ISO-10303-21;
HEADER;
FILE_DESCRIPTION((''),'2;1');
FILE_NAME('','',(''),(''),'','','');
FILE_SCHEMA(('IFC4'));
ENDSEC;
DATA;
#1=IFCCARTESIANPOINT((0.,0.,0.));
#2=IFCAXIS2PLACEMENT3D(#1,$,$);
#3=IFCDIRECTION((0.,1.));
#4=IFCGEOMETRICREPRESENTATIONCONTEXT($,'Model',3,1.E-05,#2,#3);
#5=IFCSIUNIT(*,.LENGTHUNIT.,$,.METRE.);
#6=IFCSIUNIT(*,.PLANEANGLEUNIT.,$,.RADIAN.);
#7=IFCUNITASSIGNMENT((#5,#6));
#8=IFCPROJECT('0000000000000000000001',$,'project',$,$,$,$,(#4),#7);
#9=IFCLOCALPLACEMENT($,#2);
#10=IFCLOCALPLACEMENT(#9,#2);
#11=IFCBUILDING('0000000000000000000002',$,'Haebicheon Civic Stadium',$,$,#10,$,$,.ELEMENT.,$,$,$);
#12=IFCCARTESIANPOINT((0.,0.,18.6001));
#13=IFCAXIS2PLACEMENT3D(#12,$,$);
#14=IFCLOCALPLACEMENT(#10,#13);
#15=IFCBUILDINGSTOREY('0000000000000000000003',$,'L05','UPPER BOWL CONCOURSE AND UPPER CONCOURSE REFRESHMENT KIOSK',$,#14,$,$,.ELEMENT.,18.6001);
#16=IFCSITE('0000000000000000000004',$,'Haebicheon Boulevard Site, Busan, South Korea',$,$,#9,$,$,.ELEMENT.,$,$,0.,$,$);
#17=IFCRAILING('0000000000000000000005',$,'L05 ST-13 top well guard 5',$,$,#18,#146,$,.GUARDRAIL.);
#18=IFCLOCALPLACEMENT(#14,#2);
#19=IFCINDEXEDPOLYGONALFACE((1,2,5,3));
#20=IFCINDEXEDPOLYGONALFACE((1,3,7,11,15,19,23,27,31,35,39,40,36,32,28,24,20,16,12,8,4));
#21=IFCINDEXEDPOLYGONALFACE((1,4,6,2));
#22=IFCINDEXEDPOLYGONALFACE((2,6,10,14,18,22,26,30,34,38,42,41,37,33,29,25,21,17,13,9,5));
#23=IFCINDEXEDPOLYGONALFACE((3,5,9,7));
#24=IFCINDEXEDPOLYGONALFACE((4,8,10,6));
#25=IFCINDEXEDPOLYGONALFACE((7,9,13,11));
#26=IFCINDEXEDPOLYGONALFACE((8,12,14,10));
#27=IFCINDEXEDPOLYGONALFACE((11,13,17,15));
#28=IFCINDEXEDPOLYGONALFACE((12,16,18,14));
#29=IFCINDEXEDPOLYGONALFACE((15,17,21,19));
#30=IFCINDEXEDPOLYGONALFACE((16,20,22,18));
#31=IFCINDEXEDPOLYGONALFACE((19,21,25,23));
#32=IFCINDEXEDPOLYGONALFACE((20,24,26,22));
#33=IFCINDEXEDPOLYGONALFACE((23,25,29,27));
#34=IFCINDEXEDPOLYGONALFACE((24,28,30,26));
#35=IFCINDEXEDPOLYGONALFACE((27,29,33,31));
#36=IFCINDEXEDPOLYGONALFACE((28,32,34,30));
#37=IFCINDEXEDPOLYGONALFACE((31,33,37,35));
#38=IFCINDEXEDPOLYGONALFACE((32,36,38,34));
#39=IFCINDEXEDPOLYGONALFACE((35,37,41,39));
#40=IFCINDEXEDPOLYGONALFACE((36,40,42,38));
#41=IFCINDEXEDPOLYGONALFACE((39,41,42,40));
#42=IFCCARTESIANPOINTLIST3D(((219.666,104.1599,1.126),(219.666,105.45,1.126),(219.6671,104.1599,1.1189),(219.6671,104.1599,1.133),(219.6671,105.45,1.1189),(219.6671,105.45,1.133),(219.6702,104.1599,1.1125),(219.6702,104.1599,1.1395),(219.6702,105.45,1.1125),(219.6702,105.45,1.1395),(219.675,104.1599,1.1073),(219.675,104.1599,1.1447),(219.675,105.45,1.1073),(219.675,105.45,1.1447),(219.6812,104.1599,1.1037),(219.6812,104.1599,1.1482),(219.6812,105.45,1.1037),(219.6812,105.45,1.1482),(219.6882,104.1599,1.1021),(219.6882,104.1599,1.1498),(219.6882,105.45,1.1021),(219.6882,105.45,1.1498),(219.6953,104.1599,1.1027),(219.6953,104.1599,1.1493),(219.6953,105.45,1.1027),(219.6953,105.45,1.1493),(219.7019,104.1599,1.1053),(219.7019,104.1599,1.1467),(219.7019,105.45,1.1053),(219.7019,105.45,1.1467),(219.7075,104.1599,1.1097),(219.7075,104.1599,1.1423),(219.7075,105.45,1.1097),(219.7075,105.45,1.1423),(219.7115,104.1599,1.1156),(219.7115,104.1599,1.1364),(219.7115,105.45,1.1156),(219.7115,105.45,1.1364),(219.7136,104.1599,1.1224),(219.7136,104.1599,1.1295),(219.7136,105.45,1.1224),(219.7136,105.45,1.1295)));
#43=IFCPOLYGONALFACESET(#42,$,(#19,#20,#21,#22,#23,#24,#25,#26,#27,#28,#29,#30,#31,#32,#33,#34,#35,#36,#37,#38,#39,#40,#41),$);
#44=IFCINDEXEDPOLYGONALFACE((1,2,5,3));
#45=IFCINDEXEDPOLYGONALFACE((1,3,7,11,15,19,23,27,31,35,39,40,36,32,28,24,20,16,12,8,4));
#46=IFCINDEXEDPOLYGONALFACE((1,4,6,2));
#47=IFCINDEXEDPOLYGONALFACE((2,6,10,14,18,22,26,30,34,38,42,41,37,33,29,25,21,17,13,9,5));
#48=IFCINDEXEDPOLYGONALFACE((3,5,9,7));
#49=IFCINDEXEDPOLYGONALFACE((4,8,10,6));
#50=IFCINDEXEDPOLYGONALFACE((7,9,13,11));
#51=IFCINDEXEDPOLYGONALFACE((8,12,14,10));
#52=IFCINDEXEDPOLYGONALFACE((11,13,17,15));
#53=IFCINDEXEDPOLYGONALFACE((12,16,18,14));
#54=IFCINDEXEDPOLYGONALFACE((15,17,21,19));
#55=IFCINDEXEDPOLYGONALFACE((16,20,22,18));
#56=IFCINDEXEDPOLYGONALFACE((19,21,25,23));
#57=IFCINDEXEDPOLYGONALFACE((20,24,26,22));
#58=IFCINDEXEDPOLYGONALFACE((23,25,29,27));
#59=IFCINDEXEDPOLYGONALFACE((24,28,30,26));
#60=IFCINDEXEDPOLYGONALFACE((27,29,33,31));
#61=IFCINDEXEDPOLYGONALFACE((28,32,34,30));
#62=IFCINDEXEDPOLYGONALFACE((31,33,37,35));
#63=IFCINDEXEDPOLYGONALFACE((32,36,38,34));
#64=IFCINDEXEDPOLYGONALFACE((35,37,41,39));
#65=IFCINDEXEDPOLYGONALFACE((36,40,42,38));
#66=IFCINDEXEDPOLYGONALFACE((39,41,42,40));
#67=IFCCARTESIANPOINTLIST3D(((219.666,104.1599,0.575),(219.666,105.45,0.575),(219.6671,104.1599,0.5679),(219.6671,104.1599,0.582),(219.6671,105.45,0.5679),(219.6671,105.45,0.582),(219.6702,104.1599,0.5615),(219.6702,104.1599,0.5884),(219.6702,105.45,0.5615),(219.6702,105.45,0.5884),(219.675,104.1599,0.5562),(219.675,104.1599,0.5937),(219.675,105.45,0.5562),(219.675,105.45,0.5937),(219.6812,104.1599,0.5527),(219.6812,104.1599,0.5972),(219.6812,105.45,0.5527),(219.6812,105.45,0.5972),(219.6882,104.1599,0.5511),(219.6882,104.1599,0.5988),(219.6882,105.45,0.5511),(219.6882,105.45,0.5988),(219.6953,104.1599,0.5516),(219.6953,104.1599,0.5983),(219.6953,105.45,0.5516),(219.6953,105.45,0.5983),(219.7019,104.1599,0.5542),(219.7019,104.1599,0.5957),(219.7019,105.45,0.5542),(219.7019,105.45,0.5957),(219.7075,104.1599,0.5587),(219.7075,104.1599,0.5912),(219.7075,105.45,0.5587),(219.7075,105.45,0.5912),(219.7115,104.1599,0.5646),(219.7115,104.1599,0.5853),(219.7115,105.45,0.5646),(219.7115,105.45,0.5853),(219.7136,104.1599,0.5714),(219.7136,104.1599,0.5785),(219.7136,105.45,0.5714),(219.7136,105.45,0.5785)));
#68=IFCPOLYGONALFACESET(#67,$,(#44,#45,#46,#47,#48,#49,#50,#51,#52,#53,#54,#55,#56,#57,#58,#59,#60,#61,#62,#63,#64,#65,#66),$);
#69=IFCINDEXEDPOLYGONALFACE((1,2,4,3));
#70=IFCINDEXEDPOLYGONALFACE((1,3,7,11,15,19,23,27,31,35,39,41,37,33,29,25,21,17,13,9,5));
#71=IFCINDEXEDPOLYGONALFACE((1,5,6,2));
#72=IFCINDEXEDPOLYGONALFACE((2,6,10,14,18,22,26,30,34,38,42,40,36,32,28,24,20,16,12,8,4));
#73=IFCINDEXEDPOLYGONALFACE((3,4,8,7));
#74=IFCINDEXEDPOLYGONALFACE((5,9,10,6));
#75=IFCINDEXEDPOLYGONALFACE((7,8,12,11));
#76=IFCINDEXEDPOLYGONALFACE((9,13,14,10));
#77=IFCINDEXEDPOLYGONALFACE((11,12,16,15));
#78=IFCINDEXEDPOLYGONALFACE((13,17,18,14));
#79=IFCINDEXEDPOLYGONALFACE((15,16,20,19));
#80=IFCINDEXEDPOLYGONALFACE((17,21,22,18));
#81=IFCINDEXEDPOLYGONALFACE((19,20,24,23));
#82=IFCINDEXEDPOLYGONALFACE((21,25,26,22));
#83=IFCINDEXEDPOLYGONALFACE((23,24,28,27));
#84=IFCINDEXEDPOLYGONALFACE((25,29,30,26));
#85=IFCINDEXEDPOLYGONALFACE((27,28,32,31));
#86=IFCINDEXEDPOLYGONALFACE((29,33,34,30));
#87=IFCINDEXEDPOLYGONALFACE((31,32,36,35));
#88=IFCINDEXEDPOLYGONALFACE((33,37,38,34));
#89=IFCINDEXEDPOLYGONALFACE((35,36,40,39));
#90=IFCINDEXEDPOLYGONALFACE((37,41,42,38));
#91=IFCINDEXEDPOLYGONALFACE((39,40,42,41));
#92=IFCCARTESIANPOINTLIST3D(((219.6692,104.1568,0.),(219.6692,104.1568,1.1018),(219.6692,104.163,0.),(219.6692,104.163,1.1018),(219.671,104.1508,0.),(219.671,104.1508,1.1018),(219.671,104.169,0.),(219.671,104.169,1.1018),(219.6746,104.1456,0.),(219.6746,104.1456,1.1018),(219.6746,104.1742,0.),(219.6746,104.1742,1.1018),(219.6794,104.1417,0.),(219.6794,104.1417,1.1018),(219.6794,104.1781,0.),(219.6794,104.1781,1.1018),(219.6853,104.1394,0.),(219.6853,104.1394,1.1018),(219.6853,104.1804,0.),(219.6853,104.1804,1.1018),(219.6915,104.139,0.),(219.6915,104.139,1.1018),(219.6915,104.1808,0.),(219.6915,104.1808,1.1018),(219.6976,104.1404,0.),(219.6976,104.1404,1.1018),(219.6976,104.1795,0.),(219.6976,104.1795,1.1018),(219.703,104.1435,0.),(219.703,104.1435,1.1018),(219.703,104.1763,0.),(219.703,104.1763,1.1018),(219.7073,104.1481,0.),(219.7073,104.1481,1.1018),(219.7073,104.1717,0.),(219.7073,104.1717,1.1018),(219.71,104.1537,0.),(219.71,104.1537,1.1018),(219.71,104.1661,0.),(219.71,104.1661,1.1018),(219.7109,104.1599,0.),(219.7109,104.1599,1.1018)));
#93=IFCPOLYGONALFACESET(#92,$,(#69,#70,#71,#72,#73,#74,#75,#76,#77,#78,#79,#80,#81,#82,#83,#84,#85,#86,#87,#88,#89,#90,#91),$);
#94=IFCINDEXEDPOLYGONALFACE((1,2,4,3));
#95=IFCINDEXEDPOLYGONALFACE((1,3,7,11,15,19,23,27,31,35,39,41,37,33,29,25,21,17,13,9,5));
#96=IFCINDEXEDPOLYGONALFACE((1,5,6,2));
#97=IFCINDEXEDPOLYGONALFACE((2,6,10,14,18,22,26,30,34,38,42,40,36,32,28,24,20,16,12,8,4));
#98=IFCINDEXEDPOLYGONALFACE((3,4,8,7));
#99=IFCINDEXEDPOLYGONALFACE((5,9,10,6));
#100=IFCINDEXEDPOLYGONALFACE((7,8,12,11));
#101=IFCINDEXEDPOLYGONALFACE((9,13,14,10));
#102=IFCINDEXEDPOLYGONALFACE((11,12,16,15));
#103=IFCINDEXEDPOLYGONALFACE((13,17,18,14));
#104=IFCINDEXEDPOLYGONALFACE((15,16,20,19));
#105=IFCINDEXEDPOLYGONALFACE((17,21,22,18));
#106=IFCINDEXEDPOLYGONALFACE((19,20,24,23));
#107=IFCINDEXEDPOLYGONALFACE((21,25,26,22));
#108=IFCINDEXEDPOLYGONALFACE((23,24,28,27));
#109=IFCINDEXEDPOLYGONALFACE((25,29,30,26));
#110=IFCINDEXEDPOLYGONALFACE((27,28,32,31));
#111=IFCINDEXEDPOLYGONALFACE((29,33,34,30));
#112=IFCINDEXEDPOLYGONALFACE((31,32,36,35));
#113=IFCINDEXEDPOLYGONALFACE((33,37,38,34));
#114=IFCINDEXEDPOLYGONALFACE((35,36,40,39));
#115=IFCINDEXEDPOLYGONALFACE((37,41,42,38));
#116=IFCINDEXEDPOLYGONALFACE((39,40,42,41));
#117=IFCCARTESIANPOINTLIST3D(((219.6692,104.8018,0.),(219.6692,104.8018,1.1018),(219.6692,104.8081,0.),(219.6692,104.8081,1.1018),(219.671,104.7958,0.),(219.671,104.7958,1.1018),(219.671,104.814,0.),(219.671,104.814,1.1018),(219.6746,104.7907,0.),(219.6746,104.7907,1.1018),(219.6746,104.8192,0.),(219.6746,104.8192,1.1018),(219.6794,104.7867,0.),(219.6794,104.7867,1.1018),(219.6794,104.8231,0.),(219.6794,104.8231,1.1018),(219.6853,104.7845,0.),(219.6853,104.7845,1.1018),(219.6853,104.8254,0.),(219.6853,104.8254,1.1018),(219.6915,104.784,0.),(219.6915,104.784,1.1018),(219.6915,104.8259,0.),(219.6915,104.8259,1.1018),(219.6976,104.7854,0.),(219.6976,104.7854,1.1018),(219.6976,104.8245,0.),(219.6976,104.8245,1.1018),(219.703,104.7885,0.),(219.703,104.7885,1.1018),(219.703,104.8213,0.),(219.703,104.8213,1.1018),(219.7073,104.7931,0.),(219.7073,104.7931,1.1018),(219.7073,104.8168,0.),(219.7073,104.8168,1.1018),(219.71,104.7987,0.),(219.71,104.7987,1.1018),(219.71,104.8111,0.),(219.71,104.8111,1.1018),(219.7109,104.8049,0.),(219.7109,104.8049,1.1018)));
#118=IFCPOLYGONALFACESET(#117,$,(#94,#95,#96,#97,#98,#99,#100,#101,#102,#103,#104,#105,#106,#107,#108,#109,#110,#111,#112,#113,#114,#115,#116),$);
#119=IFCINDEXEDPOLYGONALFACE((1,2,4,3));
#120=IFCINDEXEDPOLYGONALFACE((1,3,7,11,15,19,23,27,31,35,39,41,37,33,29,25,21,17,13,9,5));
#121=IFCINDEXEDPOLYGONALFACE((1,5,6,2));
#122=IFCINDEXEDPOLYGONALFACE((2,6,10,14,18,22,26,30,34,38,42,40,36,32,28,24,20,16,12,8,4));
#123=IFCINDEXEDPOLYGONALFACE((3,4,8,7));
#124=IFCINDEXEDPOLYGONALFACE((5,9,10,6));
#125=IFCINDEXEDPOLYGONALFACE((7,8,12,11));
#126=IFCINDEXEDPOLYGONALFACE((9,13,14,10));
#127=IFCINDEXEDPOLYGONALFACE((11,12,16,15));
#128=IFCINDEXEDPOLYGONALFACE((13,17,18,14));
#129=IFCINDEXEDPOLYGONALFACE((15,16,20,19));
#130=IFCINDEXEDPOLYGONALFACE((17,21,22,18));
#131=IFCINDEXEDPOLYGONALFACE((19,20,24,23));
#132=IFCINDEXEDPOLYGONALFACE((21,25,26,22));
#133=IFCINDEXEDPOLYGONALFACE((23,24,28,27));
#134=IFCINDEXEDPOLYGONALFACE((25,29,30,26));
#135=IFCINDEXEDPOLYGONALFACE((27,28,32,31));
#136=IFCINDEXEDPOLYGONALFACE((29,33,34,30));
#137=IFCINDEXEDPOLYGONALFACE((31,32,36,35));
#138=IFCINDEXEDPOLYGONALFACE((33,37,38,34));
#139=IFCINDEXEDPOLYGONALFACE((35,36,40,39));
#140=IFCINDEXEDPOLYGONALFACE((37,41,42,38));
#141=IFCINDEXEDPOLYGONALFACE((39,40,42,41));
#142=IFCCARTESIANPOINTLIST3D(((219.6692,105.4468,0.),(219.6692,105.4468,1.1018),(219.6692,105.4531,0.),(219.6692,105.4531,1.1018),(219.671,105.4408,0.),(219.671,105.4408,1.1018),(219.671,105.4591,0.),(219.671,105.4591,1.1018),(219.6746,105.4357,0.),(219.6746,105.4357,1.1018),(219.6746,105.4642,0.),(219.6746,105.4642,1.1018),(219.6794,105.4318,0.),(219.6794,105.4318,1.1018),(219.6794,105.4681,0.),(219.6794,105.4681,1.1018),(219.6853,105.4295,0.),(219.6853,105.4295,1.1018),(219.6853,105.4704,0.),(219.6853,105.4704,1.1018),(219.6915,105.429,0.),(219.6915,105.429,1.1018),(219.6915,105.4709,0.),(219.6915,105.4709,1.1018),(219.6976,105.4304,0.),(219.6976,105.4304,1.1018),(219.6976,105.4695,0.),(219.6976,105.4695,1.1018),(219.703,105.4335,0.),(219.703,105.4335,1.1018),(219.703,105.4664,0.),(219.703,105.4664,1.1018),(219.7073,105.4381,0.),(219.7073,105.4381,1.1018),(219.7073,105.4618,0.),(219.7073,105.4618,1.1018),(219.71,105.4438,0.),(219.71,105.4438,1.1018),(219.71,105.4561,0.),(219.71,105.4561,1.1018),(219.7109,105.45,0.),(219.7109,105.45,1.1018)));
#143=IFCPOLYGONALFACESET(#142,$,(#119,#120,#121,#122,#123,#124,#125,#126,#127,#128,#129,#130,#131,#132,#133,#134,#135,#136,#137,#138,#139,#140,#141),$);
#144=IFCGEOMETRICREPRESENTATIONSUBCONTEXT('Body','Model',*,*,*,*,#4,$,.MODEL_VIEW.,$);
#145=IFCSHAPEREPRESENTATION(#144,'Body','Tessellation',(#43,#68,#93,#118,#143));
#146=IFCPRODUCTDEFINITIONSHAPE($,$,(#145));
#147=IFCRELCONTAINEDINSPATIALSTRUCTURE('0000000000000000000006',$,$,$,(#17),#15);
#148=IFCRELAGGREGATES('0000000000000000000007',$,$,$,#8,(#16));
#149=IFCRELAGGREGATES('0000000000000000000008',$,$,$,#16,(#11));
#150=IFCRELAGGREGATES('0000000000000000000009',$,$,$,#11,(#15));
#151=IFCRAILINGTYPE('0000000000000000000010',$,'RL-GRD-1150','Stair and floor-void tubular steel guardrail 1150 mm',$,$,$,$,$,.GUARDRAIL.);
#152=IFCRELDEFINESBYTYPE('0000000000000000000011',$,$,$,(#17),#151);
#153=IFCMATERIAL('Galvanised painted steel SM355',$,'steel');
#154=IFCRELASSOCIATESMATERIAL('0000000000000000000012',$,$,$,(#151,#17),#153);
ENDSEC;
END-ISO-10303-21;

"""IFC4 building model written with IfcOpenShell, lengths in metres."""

from ifc_helpers import new_model, si_unit, direction, frame, origin, origin_2d, place, context, subcontext, project, spatial, circle, extrude, material, type_object, element, save


model = new_model("IFC4")

# Units and contexts
model_context = context("Model", 3, precision=1e-05, world=origin(), true_north=direction((0.0, 1.0)))
body_context = subcontext(model_context, "Body", "Model", "MODEL_VIEW")
ifc_project = project(units=[si_unit("LENGTHUNIT", "METRE"), si_unit("PLANEANGLEUNIT", "RADIAN")], contexts=[model_context])

# Site, building, storey
site_placement = place(None, origin())
site = spatial("IfcSite", under=ifc_project, at=site_placement, Name="Haebicheon Boulevard Site, Busan, South Korea", CompositionType="ELEMENT", RefElevation=0.0)
building_placement = place(site_placement, origin())
building = spatial("IfcBuilding", under=site, at=building_placement, Name="Haebicheon Civic Stadium", CompositionType="ELEMENT")
storey_placement = place(building_placement, frame((0.0, 0.0, 18.6001)))
storey = spatial("IfcBuildingStorey", under=building, at=storey_placement, Name="L05", Description="UPPER BOWL CONCOURSE AND UPPER CONCOURSE REFRESHMENT KIOSK", CompositionType="ELEMENT", Elevation=18.6001)

# Railing
ifc_material_1 = material(Name="Galvanised painted steel SM355", Category="steel")
railing_type = type_object("IfcRailingType", Name="RL-GRD-1150", Description="Stair and floor-void tubular steel guardrail 1150 mm", PredefinedType="GUARDRAIL", material=ifc_material_1)
for number, where, name in (
    (1, (219.6899, 104.1599, 0.0), "L05 ST-13 top well guard 5"),
):
    element("IfcRailing", number, at=place(storey_placement, frame(where)), inside=storey, type_object=railing_type, material=ifc_material_1, Name=name, PredefinedType="GUARDRAIL", context=body_context, shape_type="SweptSolid", body=[
        extrude(circle(Radius=0.0239, at=origin_2d()), frame((0.0, 0.0, 1.126), z_axis=(0.0, 1.0, 0.0), x_axis=(-1.0, 0.0, 0.0)), (0.0, 0.0, 1.0), 1.29),
        extrude(circle(Radius=0.0239, at=origin_2d()), frame((0.0, 0.0, 0.575), z_axis=(0.0, 1.0, 0.0), x_axis=(-1.0, 0.0, 0.0)), (0.0, 0.0, 1.0), 1.29),
        extrude(circle(Radius=0.021, at=origin_2d()), origin(), (0.0, 0.0, 1.0), 1.1018),
        extrude(circle(Radius=0.021, at=origin_2d()), frame((0.0, 0.645, 0.0)), (0.0, 0.0, 1.0), 1.1018),
        extrude(circle(Radius=0.021, at=origin_2d()), frame((0.0, 1.29, 0.0)), (0.0, 0.0, 1.0), 1.1018),
    ])

save(model, "model.ifc")
